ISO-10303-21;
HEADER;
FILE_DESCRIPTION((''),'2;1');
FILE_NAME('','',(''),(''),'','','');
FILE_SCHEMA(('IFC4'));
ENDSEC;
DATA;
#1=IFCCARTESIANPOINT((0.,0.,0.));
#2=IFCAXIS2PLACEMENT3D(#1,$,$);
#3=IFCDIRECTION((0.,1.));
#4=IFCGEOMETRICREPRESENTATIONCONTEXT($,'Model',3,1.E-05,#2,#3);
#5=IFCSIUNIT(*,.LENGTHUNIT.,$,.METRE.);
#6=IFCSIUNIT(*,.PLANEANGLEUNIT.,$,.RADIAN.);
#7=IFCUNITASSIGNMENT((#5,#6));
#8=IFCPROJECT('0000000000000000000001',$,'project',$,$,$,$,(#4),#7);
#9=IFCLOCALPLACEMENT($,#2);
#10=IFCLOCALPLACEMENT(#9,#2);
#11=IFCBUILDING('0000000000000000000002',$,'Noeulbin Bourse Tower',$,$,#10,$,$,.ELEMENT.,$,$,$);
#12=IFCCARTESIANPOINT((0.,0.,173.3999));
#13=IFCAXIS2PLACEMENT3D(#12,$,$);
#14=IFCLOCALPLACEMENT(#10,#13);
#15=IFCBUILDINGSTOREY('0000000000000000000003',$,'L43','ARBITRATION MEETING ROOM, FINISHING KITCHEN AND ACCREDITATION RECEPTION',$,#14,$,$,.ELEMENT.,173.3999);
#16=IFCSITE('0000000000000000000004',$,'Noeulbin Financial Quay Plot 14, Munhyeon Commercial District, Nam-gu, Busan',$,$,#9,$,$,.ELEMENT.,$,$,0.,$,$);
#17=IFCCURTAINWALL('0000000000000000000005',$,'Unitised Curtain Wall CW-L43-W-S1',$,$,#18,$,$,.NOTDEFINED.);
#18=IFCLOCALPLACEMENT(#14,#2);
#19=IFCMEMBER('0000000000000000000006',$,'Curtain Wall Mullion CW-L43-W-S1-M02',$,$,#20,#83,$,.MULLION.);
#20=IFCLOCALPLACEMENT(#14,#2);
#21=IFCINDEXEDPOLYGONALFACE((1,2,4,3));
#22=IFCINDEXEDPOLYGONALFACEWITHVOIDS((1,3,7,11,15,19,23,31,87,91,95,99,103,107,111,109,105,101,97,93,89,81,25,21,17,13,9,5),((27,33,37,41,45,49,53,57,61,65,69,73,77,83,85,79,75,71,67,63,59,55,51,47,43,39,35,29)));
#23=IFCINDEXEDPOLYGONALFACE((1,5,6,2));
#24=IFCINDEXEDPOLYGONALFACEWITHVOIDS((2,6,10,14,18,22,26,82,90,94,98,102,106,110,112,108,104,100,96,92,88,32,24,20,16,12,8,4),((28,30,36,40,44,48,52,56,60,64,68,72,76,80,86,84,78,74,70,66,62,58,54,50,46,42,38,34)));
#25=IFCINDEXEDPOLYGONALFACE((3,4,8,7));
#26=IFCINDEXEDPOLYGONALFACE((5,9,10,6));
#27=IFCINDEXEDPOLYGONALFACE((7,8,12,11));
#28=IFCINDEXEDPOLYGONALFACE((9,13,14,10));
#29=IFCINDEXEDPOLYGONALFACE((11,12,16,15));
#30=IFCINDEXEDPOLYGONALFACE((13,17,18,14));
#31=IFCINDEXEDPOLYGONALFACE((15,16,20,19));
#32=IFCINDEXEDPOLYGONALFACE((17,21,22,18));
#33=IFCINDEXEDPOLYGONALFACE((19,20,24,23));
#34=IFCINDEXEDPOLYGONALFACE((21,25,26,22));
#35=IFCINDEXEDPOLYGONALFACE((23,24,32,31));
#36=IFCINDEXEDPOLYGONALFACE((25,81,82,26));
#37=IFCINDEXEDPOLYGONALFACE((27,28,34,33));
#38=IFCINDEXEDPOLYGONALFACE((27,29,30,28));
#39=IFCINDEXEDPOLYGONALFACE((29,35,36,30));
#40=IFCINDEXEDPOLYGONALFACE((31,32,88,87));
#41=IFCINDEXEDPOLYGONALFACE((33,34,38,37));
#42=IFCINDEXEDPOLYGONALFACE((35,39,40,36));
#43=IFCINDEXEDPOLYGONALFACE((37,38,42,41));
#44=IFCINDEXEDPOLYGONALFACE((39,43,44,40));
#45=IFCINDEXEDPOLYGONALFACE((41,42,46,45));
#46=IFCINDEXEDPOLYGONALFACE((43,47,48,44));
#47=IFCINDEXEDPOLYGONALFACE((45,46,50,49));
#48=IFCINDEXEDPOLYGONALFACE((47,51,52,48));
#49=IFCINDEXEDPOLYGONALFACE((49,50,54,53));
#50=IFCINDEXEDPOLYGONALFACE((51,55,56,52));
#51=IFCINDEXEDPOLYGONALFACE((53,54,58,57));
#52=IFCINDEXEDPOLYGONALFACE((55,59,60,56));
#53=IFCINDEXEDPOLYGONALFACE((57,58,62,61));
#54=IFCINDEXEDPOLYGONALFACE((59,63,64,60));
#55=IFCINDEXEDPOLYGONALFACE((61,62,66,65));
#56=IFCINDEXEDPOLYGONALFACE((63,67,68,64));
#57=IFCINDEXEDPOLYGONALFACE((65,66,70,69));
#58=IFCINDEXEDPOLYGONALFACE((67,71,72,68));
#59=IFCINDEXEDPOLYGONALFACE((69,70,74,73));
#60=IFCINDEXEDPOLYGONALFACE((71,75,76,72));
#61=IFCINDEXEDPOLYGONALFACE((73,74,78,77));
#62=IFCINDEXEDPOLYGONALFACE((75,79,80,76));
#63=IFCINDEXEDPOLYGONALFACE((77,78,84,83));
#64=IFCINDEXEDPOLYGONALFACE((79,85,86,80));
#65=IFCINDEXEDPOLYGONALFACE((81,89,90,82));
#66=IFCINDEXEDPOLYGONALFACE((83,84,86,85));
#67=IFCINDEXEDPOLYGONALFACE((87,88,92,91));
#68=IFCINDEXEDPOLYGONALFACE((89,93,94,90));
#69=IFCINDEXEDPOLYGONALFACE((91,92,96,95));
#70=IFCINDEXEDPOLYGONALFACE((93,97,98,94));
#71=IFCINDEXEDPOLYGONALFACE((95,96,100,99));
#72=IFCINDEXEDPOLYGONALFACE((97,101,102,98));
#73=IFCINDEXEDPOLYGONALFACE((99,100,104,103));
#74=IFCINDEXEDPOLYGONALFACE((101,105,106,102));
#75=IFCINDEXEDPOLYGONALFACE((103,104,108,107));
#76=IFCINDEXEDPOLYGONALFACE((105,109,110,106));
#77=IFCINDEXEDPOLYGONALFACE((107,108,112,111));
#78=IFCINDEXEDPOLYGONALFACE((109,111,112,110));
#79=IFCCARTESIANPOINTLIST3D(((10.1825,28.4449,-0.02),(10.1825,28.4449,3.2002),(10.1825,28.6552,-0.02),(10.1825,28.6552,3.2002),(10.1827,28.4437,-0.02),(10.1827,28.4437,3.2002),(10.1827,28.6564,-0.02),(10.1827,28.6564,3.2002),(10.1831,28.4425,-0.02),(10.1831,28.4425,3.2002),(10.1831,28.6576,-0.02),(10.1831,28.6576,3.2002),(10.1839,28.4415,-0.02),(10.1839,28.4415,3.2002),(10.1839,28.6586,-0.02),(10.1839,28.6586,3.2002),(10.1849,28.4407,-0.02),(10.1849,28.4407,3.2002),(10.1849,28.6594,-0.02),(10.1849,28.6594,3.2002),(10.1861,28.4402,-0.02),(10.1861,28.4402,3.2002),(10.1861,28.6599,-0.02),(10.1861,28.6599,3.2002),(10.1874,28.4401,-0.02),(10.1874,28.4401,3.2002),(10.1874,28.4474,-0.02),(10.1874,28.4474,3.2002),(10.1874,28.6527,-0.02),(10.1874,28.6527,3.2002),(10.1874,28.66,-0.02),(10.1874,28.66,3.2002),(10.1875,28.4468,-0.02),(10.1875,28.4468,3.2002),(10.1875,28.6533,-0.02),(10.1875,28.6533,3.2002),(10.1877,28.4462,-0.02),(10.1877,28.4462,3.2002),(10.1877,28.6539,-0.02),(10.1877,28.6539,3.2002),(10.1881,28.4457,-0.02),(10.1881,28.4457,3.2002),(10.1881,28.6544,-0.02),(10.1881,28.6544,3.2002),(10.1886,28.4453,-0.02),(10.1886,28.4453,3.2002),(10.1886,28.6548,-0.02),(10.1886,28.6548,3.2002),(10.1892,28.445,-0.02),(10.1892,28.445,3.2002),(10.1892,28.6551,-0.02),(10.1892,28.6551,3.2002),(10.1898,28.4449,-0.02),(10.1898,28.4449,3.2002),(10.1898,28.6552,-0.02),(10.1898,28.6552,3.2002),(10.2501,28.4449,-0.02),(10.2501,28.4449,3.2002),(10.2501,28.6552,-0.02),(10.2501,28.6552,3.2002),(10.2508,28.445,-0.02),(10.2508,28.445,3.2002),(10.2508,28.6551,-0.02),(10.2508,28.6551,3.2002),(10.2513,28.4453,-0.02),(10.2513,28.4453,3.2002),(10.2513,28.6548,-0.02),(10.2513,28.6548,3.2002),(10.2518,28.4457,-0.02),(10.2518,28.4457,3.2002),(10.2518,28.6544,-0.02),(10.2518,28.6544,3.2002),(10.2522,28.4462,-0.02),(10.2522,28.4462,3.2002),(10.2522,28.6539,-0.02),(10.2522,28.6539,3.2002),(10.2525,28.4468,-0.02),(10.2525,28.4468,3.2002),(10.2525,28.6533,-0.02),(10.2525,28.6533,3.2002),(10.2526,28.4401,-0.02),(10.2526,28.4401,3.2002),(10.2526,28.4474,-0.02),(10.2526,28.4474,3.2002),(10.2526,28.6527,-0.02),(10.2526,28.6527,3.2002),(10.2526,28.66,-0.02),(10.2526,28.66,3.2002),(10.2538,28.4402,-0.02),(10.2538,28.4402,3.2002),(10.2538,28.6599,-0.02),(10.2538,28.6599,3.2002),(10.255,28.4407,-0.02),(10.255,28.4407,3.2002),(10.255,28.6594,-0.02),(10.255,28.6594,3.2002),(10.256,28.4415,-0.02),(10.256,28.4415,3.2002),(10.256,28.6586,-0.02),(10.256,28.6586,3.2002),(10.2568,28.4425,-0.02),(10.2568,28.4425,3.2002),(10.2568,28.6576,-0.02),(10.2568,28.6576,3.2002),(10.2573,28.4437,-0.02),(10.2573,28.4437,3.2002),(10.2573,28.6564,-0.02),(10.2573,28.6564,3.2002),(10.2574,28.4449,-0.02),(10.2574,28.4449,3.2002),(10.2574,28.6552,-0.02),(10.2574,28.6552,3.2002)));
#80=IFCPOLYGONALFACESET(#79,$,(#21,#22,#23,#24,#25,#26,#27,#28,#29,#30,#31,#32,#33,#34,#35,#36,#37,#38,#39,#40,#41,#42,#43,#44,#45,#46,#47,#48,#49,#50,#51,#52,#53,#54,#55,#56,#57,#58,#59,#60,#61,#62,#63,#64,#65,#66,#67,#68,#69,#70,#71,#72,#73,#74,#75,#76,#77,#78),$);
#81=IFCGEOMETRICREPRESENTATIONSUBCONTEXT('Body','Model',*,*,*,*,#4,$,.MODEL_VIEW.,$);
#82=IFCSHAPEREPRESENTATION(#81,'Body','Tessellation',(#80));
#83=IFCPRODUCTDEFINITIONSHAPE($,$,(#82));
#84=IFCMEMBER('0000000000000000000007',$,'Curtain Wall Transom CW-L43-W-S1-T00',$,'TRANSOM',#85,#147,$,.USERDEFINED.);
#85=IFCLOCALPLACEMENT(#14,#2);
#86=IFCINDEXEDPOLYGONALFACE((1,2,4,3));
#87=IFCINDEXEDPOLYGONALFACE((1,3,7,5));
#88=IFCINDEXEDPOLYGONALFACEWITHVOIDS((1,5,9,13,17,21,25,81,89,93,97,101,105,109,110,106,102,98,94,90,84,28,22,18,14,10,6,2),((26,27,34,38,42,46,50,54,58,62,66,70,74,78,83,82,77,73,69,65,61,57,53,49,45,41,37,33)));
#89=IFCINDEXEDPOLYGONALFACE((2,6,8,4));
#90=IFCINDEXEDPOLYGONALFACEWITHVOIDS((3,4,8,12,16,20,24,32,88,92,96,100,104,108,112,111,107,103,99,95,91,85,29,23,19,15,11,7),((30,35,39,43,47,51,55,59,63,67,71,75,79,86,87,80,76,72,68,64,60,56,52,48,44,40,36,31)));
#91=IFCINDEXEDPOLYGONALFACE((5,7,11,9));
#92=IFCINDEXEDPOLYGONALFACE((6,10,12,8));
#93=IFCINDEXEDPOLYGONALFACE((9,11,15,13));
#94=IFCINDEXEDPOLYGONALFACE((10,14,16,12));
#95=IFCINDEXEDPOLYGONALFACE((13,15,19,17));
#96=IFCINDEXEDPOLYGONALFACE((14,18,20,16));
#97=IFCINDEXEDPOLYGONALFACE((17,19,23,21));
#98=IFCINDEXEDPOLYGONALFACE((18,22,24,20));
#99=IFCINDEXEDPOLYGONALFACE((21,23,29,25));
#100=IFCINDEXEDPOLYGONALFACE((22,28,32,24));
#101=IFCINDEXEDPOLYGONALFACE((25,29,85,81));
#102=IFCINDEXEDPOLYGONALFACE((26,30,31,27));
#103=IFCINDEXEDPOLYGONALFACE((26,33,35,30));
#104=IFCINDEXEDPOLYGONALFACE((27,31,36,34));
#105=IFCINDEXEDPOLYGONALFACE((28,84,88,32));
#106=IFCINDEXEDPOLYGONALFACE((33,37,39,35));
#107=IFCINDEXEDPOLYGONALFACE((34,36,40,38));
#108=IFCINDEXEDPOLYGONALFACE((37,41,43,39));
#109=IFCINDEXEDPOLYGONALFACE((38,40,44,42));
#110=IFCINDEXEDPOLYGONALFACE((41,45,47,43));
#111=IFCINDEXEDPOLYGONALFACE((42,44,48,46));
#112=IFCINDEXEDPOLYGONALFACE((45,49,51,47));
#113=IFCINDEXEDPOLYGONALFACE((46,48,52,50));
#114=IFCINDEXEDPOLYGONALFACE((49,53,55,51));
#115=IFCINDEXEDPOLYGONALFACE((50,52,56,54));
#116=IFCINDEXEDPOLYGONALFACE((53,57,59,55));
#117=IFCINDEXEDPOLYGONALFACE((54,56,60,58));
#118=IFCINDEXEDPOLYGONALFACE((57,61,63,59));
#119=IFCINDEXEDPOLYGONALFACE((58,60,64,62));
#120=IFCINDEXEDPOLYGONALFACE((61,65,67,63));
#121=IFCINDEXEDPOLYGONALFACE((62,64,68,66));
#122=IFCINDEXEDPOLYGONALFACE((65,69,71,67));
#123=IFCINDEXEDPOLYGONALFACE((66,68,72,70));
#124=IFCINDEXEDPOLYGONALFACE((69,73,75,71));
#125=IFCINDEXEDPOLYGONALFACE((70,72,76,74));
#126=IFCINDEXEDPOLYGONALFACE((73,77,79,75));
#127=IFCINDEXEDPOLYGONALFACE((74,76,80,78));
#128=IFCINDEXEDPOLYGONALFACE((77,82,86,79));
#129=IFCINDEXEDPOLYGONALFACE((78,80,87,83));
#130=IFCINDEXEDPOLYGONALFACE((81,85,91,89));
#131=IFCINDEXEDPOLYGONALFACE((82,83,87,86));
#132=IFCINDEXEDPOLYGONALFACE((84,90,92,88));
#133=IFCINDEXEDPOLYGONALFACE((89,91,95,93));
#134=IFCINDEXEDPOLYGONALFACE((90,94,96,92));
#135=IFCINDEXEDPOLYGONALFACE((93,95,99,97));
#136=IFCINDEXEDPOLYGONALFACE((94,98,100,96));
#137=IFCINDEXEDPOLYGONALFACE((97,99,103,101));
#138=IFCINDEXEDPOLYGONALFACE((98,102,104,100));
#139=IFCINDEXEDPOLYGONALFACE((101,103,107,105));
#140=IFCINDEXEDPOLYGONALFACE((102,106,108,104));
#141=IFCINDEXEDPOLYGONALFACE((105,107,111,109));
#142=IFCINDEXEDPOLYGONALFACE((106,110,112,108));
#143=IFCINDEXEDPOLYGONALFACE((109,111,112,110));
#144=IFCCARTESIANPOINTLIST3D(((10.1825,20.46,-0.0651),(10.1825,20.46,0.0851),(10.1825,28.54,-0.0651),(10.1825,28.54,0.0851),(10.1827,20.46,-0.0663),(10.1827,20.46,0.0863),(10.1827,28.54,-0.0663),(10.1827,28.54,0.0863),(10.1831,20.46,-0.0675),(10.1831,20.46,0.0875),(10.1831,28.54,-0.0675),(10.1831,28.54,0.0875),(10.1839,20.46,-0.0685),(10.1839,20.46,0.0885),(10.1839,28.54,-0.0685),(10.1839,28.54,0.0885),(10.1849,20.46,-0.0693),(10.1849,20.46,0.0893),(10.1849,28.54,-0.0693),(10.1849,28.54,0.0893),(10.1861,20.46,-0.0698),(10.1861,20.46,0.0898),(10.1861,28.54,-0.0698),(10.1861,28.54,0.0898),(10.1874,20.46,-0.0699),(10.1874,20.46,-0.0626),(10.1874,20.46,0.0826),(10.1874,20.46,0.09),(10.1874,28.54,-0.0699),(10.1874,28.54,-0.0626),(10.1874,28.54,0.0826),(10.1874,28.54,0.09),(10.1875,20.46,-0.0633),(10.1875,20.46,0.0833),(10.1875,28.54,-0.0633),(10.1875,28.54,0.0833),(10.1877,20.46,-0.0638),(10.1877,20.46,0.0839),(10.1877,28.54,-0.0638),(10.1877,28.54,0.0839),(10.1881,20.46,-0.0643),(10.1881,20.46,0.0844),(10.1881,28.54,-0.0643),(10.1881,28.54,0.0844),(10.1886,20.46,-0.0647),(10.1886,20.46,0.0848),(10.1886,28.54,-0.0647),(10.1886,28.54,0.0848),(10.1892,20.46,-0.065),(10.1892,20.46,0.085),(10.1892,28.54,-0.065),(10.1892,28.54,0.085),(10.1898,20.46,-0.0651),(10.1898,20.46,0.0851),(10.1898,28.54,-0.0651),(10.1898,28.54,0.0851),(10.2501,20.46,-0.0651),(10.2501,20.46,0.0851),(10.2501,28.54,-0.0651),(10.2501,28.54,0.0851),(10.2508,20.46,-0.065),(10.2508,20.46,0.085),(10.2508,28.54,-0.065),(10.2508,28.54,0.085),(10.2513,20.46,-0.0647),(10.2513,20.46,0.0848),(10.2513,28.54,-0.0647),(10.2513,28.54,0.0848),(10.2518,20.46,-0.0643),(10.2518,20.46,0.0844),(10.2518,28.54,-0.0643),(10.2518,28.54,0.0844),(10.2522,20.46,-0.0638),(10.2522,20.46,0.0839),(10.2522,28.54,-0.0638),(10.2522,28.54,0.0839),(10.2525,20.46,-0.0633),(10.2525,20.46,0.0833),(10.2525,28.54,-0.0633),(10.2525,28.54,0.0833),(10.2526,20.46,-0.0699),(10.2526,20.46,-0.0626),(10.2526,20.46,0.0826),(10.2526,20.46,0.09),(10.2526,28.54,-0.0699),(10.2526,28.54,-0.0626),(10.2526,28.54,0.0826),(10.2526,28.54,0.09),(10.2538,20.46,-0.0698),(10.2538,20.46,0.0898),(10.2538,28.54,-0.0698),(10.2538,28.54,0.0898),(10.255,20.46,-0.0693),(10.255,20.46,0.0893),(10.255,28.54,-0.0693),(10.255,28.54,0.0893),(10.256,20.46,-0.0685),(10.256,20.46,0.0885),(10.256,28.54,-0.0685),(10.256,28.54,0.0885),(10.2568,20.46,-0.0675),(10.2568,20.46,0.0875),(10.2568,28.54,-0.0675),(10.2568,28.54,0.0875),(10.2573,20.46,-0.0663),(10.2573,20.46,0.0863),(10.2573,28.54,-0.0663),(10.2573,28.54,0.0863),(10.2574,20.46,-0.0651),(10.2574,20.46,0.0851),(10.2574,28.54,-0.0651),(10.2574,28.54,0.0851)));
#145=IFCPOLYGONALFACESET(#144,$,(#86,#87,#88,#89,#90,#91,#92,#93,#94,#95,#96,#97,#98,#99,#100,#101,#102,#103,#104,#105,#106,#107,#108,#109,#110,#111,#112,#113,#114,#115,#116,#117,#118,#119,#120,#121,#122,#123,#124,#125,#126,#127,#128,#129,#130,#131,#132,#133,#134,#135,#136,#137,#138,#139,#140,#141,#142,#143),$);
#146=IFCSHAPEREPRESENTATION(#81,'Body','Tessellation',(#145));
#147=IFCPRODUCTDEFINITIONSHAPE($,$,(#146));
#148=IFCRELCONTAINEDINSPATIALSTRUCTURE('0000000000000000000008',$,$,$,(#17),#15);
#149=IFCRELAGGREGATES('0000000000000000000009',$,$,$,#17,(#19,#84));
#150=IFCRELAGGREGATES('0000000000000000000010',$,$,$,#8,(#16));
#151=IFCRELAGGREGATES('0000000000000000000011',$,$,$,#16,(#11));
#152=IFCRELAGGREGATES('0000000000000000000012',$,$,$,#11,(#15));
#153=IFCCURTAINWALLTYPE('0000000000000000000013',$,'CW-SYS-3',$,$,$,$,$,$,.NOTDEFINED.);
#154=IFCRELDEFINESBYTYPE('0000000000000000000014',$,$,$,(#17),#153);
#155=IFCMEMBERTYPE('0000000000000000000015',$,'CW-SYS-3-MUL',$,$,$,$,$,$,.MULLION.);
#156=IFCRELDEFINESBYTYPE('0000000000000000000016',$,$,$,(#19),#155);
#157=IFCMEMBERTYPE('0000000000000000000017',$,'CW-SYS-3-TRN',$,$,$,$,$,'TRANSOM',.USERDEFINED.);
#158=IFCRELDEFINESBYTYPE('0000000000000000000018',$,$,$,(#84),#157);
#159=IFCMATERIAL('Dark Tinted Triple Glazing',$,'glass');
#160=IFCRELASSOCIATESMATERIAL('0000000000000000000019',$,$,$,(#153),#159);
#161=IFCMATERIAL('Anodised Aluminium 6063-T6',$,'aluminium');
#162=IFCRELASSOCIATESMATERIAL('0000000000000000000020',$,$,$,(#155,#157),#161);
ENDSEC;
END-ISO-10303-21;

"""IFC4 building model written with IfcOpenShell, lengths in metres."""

from ifc_helpers import new_model, si_unit, direction, frame, origin, origin_2d, place, context, subcontext, project, spatial, hollow_rectangle, extrude, material, material_profile, profile_set, type_object, element, aggregate, save


model = new_model("IFC4")

# Units and contexts
model_context = context("Model", 3, precision=1e-05, world=origin(), true_north=direction((0.0, 1.0)))
body_context = subcontext(model_context, "Body", "Model", "MODEL_VIEW")
ifc_project = project(units=[si_unit("LENGTHUNIT", "METRE"), si_unit("PLANEANGLEUNIT", "RADIAN")], contexts=[model_context])

# Site, building, storey
site_placement = place(None, origin())
site = spatial("IfcSite", under=ifc_project, at=site_placement, Name="Noeulbin Financial Quay Plot 14, Munhyeon Commercial District, Nam-gu, Busan", CompositionType="ELEMENT", RefElevation=0.0)
building_placement = place(site_placement, origin())
building = spatial("IfcBuilding", under=site, at=building_placement, Name="Noeulbin Bourse Tower", CompositionType="ELEMENT")
storey_placement = place(building_placement, frame((0.0, 0.0, 173.3999)))
storey = spatial("IfcBuildingStorey", under=building, at=storey_placement, Name="L43", Description="ARBITRATION MEETING ROOM, FINISHING KITCHEN AND ACCREDITATION RECEPTION", CompositionType="ELEMENT", Elevation=173.3999)

# Curtain wall, members
ifc_material_1 = material(Name="Dark Tinted Triple Glazing", Category="glass")
curtain_wall_type = type_object("IfcCurtainWallType", Name="CW-SYS-3", PredefinedType="NOTDEFINED", material=ifc_material_1)
curtain_wall_placement = place(storey_placement, origin())
curtain_wall = element("IfcCurtainWall", 1, at=curtain_wall_placement, inside=storey, type_object=curtain_wall_type, Name="Unitised Curtain Wall CW-L43-W-S1", PredefinedType="NOTDEFINED")
ifc_material_2 = material(Name="Anodised Aluminium 6063-T6", Category="aluminium")
ifc_material_profile_1 = material_profile(ifc_material_2, hollow_rectangle(XDim=0.075, YDim=0.22, WallThickness=0.0049, InnerFilletRadius=0.0024, OuterFilletRadius=0.0049, at=origin_2d()), Name="ALU-MULL-75x220x5", Category="LoadBearing")
ifc_profile_set_1 = profile_set([ifc_material_profile_1], Name="Anodised Aluminium 6063-T6")
member_type_1 = type_object("IfcMemberType", Name="CW-SYS-3-MUL", PredefinedType="MULLION", material=ifc_profile_set_1)
member_1_placement = place(storey_placement, frame((10.22, 28.55, -0.02), z_axis=(0.0, 0.0, 1.0), x_axis=(1.0, 0.0, 0.0)))
member_1 = element("IfcMember", 2, at=member_1_placement, type_object=member_type_1, Name="Curtain Wall Mullion CW-L43-W-S1-M02", PredefinedType="MULLION", context=body_context, shape_type="SweptSolid", body=[
    extrude(hollow_rectangle(XDim=0.075, YDim=0.22, WallThickness=0.0049, InnerFilletRadius=0.0024, OuterFilletRadius=0.0049, at=origin_2d()), origin(), (0.0, 0.0, 1.0), 3.2202),
])
ifc_material_profile_2 = material_profile(ifc_material_2, hollow_rectangle(XDim=0.075, YDim=0.1599, WallThickness=0.0049, InnerFilletRadius=0.0024, OuterFilletRadius=0.0049, at=origin_2d()), Name="ALU-TRAN-75x160x5", Category="LoadBearing")
ifc_profile_set_2 = profile_set([ifc_material_profile_2], Name="Anodised Aluminium 6063-T6")
member_type_2 = type_object("IfcMemberType", Name="CW-SYS-3-TRN", ElementType="TRANSOM", PredefinedType="USERDEFINED", material=ifc_profile_set_2)
member_2_placement = place(storey_placement, frame((10.22, 20.46, 0.01), z_axis=(0.0, 1.0, 0.0), x_axis=(-1.0, 0.0, 0.0)))
member_2 = element("IfcMember", 3, at=member_2_placement, type_object=member_type_2, Name="Curtain Wall Transom CW-L43-W-S1-T00", ObjectType="TRANSOM", PredefinedType="USERDEFINED", context=body_context, shape_type="SweptSolid", body=[
    extrude(hollow_rectangle(XDim=0.075, YDim=0.1599, WallThickness=0.0049, InnerFilletRadius=0.0024, OuterFilletRadius=0.0049, at=origin_2d()), origin(), (0.0, 0.0, 1.0), 8.0801),
])
aggregate(curtain_wall, [member_1, member_2])

save(model, "model.ifc")
